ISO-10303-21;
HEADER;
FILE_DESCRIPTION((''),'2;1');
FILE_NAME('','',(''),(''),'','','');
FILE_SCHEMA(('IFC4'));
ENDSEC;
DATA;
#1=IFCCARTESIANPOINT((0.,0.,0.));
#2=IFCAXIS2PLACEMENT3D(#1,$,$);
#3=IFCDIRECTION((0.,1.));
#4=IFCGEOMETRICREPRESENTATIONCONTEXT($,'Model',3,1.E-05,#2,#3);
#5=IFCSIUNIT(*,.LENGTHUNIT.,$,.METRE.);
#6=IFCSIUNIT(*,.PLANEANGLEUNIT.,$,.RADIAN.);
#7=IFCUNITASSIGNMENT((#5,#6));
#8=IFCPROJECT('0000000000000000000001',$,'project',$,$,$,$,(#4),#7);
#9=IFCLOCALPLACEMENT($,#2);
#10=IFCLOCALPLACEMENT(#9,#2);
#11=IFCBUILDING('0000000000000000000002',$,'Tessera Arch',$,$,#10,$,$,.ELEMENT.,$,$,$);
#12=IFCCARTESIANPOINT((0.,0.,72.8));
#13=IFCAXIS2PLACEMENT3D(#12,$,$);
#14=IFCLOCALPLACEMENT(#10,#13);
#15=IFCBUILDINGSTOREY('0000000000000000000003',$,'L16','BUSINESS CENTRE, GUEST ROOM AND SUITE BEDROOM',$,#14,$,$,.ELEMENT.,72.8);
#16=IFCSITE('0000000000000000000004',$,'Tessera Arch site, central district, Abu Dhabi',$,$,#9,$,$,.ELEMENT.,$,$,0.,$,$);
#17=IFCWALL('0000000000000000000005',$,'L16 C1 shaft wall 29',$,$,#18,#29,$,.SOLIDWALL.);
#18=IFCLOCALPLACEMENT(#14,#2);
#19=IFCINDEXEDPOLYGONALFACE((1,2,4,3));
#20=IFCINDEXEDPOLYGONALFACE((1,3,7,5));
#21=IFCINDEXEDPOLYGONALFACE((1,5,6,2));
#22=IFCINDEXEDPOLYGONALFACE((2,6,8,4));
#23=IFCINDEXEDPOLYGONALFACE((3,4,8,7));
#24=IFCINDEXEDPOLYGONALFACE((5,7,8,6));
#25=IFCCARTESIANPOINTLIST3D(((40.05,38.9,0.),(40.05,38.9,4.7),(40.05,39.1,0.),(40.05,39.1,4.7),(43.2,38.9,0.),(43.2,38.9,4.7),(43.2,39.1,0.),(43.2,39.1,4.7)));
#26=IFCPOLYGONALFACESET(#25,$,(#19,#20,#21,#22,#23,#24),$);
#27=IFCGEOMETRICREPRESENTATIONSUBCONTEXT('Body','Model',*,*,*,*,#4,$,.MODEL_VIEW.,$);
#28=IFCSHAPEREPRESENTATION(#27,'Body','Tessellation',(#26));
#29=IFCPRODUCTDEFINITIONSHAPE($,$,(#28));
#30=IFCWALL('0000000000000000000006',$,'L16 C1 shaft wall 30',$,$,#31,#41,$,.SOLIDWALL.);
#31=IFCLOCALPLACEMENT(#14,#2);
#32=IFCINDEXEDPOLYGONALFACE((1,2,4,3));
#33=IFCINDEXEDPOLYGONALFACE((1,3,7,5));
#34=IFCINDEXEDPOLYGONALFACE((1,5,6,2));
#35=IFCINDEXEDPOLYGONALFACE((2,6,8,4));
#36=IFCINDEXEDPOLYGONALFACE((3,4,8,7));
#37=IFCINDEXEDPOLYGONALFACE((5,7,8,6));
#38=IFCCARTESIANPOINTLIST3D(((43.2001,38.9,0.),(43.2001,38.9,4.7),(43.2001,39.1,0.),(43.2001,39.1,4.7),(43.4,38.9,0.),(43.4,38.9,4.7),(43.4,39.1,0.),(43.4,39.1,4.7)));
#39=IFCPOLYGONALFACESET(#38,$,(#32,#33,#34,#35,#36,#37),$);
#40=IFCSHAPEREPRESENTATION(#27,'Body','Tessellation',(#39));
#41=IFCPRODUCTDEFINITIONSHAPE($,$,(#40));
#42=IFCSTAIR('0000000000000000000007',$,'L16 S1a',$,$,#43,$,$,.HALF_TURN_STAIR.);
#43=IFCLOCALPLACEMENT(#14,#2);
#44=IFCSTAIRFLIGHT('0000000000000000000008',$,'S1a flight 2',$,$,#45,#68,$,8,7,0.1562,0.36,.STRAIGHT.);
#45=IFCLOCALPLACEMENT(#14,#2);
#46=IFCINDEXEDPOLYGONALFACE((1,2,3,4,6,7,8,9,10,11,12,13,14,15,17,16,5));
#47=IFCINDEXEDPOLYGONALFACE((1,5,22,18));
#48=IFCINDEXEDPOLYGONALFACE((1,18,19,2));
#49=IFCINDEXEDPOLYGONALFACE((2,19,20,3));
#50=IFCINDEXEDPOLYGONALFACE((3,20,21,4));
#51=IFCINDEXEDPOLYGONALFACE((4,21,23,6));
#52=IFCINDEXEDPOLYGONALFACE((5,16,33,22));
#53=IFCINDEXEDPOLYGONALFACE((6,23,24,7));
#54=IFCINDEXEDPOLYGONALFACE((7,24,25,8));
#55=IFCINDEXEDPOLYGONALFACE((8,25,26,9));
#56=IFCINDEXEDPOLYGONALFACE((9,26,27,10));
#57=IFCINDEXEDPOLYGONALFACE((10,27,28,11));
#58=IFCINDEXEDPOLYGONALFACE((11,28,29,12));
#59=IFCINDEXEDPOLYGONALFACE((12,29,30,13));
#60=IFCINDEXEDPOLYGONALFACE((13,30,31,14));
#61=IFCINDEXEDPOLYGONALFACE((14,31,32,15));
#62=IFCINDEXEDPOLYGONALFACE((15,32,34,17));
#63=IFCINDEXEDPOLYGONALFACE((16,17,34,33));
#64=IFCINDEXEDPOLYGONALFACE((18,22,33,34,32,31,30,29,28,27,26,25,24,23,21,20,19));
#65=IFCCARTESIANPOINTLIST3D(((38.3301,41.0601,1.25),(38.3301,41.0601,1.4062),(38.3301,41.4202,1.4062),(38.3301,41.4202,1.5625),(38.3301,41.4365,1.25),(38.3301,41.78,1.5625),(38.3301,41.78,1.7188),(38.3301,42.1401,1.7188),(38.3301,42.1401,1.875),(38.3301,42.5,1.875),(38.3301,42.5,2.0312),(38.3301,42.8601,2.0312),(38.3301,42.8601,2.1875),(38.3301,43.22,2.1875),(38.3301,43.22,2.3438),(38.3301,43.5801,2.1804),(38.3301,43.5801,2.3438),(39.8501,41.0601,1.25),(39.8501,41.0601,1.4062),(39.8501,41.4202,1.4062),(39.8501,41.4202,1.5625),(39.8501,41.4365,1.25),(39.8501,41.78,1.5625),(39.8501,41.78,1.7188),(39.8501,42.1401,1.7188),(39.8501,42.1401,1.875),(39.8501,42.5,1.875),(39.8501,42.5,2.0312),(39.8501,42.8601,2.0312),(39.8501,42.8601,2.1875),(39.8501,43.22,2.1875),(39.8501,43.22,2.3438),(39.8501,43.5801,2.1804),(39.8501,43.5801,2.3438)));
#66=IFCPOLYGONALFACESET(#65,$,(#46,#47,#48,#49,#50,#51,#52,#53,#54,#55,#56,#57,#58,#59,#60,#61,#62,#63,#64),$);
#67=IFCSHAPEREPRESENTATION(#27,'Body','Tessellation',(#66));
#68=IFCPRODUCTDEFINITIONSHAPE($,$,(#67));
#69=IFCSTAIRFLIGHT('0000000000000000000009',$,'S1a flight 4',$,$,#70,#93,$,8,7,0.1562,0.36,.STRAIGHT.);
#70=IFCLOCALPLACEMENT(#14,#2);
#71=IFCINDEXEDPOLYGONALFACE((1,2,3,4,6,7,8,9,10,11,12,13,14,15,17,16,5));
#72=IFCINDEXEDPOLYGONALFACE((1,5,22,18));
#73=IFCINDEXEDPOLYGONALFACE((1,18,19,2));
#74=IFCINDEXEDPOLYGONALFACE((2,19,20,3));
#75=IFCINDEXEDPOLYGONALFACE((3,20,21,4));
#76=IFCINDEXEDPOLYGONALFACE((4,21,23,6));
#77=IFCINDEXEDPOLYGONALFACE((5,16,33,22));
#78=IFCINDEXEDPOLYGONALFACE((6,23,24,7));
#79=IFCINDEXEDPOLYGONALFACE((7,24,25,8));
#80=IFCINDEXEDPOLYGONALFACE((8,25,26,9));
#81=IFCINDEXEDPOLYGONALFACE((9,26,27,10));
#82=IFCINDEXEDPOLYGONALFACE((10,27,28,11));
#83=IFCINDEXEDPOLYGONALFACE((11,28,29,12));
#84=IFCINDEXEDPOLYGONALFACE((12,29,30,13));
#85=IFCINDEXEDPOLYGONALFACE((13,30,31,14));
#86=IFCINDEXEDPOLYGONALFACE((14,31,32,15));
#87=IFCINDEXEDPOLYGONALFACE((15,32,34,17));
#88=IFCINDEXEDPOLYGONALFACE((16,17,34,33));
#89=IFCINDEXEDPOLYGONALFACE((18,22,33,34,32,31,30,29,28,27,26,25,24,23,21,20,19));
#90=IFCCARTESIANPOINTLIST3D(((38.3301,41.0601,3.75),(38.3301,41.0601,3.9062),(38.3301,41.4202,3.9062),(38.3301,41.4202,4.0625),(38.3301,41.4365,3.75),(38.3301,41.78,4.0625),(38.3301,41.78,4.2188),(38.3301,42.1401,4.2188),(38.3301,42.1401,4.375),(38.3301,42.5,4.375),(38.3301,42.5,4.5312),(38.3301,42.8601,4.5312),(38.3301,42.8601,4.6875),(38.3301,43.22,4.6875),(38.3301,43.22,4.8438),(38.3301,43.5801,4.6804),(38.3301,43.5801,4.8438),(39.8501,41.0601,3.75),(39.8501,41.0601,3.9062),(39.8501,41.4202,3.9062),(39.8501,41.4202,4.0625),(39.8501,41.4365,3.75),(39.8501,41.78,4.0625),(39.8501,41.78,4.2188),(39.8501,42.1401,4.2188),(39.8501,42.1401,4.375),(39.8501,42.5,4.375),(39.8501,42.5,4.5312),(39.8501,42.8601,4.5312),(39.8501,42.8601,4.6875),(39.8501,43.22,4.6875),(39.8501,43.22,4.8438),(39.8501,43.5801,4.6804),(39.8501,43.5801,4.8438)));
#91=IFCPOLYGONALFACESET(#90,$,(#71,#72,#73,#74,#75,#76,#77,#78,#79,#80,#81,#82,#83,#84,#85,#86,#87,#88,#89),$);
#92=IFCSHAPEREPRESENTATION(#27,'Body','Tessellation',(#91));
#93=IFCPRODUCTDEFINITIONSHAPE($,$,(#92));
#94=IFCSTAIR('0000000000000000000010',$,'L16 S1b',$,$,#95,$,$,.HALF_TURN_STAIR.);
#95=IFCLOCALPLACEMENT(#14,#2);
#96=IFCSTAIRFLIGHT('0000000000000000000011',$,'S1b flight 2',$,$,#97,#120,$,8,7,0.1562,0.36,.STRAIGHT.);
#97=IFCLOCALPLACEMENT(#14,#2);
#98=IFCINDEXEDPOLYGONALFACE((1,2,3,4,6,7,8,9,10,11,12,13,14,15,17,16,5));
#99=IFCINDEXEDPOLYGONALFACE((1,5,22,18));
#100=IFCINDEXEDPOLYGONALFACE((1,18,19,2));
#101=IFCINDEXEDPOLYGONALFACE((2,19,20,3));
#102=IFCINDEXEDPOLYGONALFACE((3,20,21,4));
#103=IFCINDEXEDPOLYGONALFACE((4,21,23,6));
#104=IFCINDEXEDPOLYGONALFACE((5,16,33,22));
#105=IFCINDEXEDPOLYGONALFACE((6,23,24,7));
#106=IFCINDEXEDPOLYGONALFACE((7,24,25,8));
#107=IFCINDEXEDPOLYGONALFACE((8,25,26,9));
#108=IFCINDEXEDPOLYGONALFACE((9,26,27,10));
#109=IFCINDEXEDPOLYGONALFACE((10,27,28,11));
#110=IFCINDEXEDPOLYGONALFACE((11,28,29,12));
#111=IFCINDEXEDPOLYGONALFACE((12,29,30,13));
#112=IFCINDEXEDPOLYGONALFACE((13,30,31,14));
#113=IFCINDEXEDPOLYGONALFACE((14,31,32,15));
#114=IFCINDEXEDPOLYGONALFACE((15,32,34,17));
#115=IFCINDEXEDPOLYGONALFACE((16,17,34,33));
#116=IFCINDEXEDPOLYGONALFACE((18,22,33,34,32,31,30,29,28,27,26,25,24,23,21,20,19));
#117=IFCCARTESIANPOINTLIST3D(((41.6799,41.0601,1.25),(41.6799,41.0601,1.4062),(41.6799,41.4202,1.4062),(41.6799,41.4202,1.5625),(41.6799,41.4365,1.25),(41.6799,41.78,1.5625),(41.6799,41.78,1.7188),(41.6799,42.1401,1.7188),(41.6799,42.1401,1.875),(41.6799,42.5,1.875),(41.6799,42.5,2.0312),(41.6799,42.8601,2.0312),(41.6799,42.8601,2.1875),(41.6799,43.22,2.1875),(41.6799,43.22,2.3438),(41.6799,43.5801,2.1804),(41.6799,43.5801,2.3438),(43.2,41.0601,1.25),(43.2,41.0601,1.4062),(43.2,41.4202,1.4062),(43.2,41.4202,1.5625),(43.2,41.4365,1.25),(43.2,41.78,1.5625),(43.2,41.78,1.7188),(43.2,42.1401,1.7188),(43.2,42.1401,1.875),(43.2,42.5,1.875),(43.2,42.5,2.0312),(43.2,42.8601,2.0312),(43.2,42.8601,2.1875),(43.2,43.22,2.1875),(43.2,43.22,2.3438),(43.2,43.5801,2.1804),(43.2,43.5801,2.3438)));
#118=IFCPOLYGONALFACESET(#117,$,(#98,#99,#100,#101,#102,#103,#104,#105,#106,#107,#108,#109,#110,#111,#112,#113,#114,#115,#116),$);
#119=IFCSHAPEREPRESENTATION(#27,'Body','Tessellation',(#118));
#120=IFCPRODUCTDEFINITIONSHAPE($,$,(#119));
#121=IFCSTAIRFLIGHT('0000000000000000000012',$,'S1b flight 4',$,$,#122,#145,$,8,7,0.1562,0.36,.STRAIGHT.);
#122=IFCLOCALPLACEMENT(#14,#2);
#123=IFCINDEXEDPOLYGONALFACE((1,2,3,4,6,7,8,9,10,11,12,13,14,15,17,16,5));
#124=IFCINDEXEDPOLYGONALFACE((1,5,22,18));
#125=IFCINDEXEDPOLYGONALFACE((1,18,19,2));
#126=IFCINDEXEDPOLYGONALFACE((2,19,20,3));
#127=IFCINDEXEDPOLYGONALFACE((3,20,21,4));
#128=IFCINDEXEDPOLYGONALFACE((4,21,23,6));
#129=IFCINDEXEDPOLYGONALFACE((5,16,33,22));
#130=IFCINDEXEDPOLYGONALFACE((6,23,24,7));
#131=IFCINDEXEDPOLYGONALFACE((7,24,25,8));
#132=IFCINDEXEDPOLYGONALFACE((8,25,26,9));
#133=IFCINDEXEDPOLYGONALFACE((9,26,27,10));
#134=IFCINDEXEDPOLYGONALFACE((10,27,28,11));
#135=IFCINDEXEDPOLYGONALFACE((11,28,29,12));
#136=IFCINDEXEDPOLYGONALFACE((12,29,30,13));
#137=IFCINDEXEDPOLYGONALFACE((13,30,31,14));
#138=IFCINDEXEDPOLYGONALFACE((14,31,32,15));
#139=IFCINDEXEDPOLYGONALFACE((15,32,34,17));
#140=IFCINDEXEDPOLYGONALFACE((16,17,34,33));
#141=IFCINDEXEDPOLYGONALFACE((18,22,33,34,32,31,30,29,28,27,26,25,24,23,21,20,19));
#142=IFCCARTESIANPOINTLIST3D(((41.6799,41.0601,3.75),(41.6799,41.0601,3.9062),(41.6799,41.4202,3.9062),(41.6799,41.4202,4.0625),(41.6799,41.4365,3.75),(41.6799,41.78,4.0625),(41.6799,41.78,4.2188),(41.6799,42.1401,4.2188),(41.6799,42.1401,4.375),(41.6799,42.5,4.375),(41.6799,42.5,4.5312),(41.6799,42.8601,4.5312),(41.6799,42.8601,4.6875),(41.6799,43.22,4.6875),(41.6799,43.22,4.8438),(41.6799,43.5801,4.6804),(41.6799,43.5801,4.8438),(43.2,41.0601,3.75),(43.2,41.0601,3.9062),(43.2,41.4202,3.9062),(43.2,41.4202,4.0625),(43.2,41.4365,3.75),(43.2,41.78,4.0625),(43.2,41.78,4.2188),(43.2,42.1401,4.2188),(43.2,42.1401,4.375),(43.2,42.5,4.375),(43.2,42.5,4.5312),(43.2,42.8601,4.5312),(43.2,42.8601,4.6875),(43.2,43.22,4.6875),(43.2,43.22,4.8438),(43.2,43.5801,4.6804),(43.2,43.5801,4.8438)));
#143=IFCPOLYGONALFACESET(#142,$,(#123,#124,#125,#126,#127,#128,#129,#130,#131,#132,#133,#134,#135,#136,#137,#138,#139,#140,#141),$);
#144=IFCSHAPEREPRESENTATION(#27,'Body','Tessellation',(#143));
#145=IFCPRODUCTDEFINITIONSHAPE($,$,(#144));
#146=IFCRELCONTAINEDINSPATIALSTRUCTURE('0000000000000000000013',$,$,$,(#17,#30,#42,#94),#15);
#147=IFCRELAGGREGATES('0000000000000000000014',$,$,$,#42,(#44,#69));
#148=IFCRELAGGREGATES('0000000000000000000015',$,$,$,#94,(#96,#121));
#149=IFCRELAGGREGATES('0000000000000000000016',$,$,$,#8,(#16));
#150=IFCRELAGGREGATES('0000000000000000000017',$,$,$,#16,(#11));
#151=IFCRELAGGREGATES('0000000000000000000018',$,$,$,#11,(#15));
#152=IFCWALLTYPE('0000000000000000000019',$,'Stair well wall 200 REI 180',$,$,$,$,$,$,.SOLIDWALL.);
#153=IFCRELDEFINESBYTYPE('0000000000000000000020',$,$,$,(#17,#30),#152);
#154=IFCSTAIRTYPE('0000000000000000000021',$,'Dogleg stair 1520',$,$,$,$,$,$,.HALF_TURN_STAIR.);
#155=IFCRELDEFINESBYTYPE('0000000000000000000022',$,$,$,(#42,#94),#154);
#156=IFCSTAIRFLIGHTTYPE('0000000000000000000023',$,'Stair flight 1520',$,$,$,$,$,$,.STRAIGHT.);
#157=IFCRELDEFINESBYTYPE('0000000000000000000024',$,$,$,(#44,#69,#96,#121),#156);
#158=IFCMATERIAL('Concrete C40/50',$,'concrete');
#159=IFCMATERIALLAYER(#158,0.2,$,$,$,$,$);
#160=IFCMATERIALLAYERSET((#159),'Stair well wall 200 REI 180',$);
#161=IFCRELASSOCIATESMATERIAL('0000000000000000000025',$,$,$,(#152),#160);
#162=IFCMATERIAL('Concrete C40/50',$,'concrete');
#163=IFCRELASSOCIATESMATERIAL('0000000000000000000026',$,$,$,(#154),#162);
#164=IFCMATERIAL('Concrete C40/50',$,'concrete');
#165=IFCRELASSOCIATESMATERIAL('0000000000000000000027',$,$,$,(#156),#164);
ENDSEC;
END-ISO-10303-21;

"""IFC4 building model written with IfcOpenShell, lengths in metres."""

from ifc_helpers import new_model, si_unit, direction, frame, frame_2d, origin, place, context, subcontext, project, spatial, polyline, rectangle, outline, extrude, material, layer, layer_set, type_object, element, aggregate, save


model = new_model("IFC4")

# Units and contexts
model_context = context("Model", 3, precision=1e-05, world=origin(), true_north=direction((0.0, 1.0)))
body_context = subcontext(model_context, "Body", "Model", "MODEL_VIEW")
ifc_project = project(units=[si_unit("LENGTHUNIT", "METRE"), si_unit("PLANEANGLEUNIT", "RADIAN")], contexts=[model_context])

# Site, building, storey
site_placement = place(None, origin())
site = spatial("IfcSite", under=ifc_project, at=site_placement, Name="Tessera Arch site, central district, Abu Dhabi", CompositionType="ELEMENT", RefElevation=0.0)
building_placement = place(site_placement, origin())
building = spatial("IfcBuilding", under=site, at=building_placement, Name="Tessera Arch", CompositionType="ELEMENT")
storey_placement = place(building_placement, frame((0.0, 0.0, 72.8)))
storey = spatial("IfcBuildingStorey", under=building, at=storey_placement, Name="L16", Description="BUSINESS CENTRE, GUEST ROOM AND SUITE BEDROOM", CompositionType="ELEMENT", Elevation=72.8)

# Walls
ifc_material_1 = material(Name="Concrete C40/50", Category="concrete")
ifc_layer_1 = layer(ifc_material_1, 0.2)
ifc_layer_set_1 = layer_set([ifc_layer_1], Name="Stair well wall 200 REI 180")
wall_type_1 = type_object("IfcWallType", Name="Stair well wall 200 REI 180", PredefinedType="SOLIDWALL", material=ifc_layer_set_1)
wall_1_placement = place(storey_placement, frame((40.05, 39.0, 0.0), z_axis=(0.0, 0.0, 1.0), x_axis=(1.0, 0.0, 0.0)))
element("IfcWall", 1, at=wall_1_placement, inside=storey, type_object=wall_type_1, Name="L16 C1 shaft wall 29", PredefinedType="SOLIDWALL", context=body_context, shape_type="SweptSolid", body=[
    extrude(rectangle(XDim=3.1499, YDim=0.2, at=frame_2d((1.575, 0.0))), origin(), (0.0, 0.0, 1.0), 4.7),
])
wall_2_placement = place(storey_placement, frame((43.2, 39.0, 0.0), z_axis=(0.0, 0.0, 1.0), x_axis=(1.0, 0.0, 0.0)))
element("IfcWall", 2, at=wall_2_placement, inside=storey, type_object=wall_type_1, Name="L16 C1 shaft wall 30", PredefinedType="SOLIDWALL", context=body_context, shape_type="SweptSolid", body=[
    extrude(rectangle(XDim=0.2, YDim=0.2, at=frame_2d((0.1001, 0.0))), origin(), (0.0, 0.0, 1.0), 4.7),
])

# Stairs, stair flights
ifc_material_2 = material(Name="Concrete C40/50", Category="concrete")
stair_type = type_object("IfcStairType", Name="Dogleg stair 1520", PredefinedType="HALF_TURN_STAIR", material=ifc_material_2)
stair_1_placement = place(storey_placement, origin())
stair_1 = element("IfcStair", 3, at=stair_1_placement, inside=storey, type_object=stair_type, Name="L16 S1a", PredefinedType="HALF_TURN_STAIR")
ifc_material_3 = material(Name="Concrete C40/50", Category="concrete")
stair_flight_type = type_object("IfcStairFlightType", Name="Stair flight 1520", PredefinedType="STRAIGHT", material=ifc_material_3)
stair_flight_1_placement = place(storey_placement, frame((39.0901, 41.0601, 1.25), z_axis=(0.0, 0.0, 1.0), x_axis=(0.0, 1.0, 0.0)))
stair_flight_1 = element("IfcStairFlight", 4, at=stair_flight_1_placement, type_object=stair_flight_type, Name="S1a flight 2", NumberOfRisers=8, NumberOfTreads=7, PredefinedType="STRAIGHT", RiserHeight=0.1562, TreadLength=0.36, context=body_context, shape_type="SweptSolid", body=[
    extrude(outline(polyline([(0.0, 0.0), (0.0, 0.1562), (0.3601, 0.1562), (0.3601, 0.3125), (0.72, 0.3125), (0.72, 0.4688), (1.0801, 0.4688), (1.0801, 0.625), (1.4399, 0.625), (1.4399, 0.7812), (1.8, 0.7812), (1.8, 0.9375), (2.1599, 0.9375), (2.1599, 1.0938), (2.52, 1.0938), (2.52, 1.25), (2.52, 0.9304), (0.3765, 0.0), (0.0, 0.0)])), frame((0.0, 0.76, 0.0), z_axis=(0.0, -1.0, 0.0), x_axis=(1.0, 0.0, 0.0)), (0.0, 0.0, 1.0), 1.52),
])
stair_flight_2_placement = place(storey_placement, frame((39.0901, 41.0601, 3.75), z_axis=(0.0, 0.0, 1.0), x_axis=(0.0, 1.0, 0.0)))
stair_flight_2 = element("IfcStairFlight", 5, at=stair_flight_2_placement, type_object=stair_flight_type, Name="S1a flight 4", NumberOfRisers=8, NumberOfTreads=7, PredefinedType="STRAIGHT", RiserHeight=0.1562, TreadLength=0.36, context=body_context, shape_type="SweptSolid", body=[
    extrude(outline(polyline([(0.0, 0.0), (0.0, 0.1562), (0.3601, 0.1562), (0.3601, 0.3125), (0.72, 0.3125), (0.72, 0.4688), (1.0801, 0.4688), (1.0801, 0.625), (1.4399, 0.625), (1.4399, 0.7812), (1.8, 0.7812), (1.8, 0.9375), (2.1599, 0.9375), (2.1599, 1.0938), (2.52, 1.0938), (2.52, 1.25), (2.52, 0.9304), (0.3765, 0.0), (0.0, 0.0)])), frame((0.0, 0.76, 0.0), z_axis=(0.0, -1.0, 0.0), x_axis=(1.0, 0.0, 0.0)), (0.0, 0.0, 1.0), 1.52),
])
aggregate(stair_1, [stair_flight_1, stair_flight_2])
stair_2_placement = place(storey_placement, origin())
stair_2 = element("IfcStair", 6, at=stair_2_placement, inside=storey, type_object=stair_type, Name="L16 S1b", PredefinedType="HALF_TURN_STAIR")
stair_flight_3_placement = place(storey_placement, frame((42.4399, 41.0601, 1.25), z_axis=(0.0, 0.0, 1.0), x_axis=(0.0, 1.0, 0.0)))
stair_flight_3 = element("IfcStairFlight", 7, at=stair_flight_3_placement, type_object=stair_flight_type, Name="S1b flight 2", NumberOfRisers=8, NumberOfTreads=7, PredefinedType="STRAIGHT", RiserHeight=0.1562, TreadLength=0.36, context=body_context, shape_type="SweptSolid", body=[
    extrude(outline(polyline([(0.0, 0.0), (0.0, 0.1562), (0.3601, 0.1562), (0.3601, 0.3125), (0.72, 0.3125), (0.72, 0.4688), (1.0801, 0.4688), (1.0801, 0.625), (1.4399, 0.625), (1.4399, 0.7812), (1.8, 0.7812), (1.8, 0.9375), (2.1599, 0.9375), (2.1599, 1.0938), (2.52, 1.0938), (2.52, 1.25), (2.52, 0.9304), (0.3765, 0.0), (0.0, 0.0)])), frame((0.0, 0.76, 0.0), z_axis=(0.0, -1.0, 0.0), x_axis=(1.0, 0.0, 0.0)), (0.0, 0.0, 1.0), 1.52),
])
stair_flight_4_placement = place(storey_placement, frame((42.4399, 41.0601, 3.75), z_axis=(0.0, 0.0, 1.0), x_axis=(0.0, 1.0, 0.0)))
stair_flight_4 = element("IfcStairFlight", 8, at=stair_flight_4_placement, type_object=stair_flight_type, Name="S1b flight 4", NumberOfRisers=8, NumberOfTreads=7, PredefinedType="STRAIGHT", RiserHeight=0.1562, TreadLength=0.36, context=body_context, shape_type="SweptSolid", body=[
    extrude(outline(polyline([(0.0, 0.0), (0.0, 0.1562), (0.3601, 0.1562), (0.3601, 0.3125), (0.72, 0.3125), (0.72, 0.4688), (1.0801, 0.4688), (1.0801, 0.625), (1.4399, 0.625), (1.4399, 0.7812), (1.8, 0.7812), (1.8, 0.9375), (2.1599, 0.9375), (2.1599, 1.0938), (2.52, 1.0938), (2.52, 1.25), (2.52, 0.9304), (0.3765, 0.0), (0.0, 0.0)])), frame((0.0, 0.76, 0.0), z_axis=(0.0, -1.0, 0.0), x_axis=(1.0, 0.0, 0.0)), (0.0, 0.0, 1.0), 1.52),
])
aggregate(stair_2, [stair_flight_3, stair_flight_4])

save(model, "model.ifc")
